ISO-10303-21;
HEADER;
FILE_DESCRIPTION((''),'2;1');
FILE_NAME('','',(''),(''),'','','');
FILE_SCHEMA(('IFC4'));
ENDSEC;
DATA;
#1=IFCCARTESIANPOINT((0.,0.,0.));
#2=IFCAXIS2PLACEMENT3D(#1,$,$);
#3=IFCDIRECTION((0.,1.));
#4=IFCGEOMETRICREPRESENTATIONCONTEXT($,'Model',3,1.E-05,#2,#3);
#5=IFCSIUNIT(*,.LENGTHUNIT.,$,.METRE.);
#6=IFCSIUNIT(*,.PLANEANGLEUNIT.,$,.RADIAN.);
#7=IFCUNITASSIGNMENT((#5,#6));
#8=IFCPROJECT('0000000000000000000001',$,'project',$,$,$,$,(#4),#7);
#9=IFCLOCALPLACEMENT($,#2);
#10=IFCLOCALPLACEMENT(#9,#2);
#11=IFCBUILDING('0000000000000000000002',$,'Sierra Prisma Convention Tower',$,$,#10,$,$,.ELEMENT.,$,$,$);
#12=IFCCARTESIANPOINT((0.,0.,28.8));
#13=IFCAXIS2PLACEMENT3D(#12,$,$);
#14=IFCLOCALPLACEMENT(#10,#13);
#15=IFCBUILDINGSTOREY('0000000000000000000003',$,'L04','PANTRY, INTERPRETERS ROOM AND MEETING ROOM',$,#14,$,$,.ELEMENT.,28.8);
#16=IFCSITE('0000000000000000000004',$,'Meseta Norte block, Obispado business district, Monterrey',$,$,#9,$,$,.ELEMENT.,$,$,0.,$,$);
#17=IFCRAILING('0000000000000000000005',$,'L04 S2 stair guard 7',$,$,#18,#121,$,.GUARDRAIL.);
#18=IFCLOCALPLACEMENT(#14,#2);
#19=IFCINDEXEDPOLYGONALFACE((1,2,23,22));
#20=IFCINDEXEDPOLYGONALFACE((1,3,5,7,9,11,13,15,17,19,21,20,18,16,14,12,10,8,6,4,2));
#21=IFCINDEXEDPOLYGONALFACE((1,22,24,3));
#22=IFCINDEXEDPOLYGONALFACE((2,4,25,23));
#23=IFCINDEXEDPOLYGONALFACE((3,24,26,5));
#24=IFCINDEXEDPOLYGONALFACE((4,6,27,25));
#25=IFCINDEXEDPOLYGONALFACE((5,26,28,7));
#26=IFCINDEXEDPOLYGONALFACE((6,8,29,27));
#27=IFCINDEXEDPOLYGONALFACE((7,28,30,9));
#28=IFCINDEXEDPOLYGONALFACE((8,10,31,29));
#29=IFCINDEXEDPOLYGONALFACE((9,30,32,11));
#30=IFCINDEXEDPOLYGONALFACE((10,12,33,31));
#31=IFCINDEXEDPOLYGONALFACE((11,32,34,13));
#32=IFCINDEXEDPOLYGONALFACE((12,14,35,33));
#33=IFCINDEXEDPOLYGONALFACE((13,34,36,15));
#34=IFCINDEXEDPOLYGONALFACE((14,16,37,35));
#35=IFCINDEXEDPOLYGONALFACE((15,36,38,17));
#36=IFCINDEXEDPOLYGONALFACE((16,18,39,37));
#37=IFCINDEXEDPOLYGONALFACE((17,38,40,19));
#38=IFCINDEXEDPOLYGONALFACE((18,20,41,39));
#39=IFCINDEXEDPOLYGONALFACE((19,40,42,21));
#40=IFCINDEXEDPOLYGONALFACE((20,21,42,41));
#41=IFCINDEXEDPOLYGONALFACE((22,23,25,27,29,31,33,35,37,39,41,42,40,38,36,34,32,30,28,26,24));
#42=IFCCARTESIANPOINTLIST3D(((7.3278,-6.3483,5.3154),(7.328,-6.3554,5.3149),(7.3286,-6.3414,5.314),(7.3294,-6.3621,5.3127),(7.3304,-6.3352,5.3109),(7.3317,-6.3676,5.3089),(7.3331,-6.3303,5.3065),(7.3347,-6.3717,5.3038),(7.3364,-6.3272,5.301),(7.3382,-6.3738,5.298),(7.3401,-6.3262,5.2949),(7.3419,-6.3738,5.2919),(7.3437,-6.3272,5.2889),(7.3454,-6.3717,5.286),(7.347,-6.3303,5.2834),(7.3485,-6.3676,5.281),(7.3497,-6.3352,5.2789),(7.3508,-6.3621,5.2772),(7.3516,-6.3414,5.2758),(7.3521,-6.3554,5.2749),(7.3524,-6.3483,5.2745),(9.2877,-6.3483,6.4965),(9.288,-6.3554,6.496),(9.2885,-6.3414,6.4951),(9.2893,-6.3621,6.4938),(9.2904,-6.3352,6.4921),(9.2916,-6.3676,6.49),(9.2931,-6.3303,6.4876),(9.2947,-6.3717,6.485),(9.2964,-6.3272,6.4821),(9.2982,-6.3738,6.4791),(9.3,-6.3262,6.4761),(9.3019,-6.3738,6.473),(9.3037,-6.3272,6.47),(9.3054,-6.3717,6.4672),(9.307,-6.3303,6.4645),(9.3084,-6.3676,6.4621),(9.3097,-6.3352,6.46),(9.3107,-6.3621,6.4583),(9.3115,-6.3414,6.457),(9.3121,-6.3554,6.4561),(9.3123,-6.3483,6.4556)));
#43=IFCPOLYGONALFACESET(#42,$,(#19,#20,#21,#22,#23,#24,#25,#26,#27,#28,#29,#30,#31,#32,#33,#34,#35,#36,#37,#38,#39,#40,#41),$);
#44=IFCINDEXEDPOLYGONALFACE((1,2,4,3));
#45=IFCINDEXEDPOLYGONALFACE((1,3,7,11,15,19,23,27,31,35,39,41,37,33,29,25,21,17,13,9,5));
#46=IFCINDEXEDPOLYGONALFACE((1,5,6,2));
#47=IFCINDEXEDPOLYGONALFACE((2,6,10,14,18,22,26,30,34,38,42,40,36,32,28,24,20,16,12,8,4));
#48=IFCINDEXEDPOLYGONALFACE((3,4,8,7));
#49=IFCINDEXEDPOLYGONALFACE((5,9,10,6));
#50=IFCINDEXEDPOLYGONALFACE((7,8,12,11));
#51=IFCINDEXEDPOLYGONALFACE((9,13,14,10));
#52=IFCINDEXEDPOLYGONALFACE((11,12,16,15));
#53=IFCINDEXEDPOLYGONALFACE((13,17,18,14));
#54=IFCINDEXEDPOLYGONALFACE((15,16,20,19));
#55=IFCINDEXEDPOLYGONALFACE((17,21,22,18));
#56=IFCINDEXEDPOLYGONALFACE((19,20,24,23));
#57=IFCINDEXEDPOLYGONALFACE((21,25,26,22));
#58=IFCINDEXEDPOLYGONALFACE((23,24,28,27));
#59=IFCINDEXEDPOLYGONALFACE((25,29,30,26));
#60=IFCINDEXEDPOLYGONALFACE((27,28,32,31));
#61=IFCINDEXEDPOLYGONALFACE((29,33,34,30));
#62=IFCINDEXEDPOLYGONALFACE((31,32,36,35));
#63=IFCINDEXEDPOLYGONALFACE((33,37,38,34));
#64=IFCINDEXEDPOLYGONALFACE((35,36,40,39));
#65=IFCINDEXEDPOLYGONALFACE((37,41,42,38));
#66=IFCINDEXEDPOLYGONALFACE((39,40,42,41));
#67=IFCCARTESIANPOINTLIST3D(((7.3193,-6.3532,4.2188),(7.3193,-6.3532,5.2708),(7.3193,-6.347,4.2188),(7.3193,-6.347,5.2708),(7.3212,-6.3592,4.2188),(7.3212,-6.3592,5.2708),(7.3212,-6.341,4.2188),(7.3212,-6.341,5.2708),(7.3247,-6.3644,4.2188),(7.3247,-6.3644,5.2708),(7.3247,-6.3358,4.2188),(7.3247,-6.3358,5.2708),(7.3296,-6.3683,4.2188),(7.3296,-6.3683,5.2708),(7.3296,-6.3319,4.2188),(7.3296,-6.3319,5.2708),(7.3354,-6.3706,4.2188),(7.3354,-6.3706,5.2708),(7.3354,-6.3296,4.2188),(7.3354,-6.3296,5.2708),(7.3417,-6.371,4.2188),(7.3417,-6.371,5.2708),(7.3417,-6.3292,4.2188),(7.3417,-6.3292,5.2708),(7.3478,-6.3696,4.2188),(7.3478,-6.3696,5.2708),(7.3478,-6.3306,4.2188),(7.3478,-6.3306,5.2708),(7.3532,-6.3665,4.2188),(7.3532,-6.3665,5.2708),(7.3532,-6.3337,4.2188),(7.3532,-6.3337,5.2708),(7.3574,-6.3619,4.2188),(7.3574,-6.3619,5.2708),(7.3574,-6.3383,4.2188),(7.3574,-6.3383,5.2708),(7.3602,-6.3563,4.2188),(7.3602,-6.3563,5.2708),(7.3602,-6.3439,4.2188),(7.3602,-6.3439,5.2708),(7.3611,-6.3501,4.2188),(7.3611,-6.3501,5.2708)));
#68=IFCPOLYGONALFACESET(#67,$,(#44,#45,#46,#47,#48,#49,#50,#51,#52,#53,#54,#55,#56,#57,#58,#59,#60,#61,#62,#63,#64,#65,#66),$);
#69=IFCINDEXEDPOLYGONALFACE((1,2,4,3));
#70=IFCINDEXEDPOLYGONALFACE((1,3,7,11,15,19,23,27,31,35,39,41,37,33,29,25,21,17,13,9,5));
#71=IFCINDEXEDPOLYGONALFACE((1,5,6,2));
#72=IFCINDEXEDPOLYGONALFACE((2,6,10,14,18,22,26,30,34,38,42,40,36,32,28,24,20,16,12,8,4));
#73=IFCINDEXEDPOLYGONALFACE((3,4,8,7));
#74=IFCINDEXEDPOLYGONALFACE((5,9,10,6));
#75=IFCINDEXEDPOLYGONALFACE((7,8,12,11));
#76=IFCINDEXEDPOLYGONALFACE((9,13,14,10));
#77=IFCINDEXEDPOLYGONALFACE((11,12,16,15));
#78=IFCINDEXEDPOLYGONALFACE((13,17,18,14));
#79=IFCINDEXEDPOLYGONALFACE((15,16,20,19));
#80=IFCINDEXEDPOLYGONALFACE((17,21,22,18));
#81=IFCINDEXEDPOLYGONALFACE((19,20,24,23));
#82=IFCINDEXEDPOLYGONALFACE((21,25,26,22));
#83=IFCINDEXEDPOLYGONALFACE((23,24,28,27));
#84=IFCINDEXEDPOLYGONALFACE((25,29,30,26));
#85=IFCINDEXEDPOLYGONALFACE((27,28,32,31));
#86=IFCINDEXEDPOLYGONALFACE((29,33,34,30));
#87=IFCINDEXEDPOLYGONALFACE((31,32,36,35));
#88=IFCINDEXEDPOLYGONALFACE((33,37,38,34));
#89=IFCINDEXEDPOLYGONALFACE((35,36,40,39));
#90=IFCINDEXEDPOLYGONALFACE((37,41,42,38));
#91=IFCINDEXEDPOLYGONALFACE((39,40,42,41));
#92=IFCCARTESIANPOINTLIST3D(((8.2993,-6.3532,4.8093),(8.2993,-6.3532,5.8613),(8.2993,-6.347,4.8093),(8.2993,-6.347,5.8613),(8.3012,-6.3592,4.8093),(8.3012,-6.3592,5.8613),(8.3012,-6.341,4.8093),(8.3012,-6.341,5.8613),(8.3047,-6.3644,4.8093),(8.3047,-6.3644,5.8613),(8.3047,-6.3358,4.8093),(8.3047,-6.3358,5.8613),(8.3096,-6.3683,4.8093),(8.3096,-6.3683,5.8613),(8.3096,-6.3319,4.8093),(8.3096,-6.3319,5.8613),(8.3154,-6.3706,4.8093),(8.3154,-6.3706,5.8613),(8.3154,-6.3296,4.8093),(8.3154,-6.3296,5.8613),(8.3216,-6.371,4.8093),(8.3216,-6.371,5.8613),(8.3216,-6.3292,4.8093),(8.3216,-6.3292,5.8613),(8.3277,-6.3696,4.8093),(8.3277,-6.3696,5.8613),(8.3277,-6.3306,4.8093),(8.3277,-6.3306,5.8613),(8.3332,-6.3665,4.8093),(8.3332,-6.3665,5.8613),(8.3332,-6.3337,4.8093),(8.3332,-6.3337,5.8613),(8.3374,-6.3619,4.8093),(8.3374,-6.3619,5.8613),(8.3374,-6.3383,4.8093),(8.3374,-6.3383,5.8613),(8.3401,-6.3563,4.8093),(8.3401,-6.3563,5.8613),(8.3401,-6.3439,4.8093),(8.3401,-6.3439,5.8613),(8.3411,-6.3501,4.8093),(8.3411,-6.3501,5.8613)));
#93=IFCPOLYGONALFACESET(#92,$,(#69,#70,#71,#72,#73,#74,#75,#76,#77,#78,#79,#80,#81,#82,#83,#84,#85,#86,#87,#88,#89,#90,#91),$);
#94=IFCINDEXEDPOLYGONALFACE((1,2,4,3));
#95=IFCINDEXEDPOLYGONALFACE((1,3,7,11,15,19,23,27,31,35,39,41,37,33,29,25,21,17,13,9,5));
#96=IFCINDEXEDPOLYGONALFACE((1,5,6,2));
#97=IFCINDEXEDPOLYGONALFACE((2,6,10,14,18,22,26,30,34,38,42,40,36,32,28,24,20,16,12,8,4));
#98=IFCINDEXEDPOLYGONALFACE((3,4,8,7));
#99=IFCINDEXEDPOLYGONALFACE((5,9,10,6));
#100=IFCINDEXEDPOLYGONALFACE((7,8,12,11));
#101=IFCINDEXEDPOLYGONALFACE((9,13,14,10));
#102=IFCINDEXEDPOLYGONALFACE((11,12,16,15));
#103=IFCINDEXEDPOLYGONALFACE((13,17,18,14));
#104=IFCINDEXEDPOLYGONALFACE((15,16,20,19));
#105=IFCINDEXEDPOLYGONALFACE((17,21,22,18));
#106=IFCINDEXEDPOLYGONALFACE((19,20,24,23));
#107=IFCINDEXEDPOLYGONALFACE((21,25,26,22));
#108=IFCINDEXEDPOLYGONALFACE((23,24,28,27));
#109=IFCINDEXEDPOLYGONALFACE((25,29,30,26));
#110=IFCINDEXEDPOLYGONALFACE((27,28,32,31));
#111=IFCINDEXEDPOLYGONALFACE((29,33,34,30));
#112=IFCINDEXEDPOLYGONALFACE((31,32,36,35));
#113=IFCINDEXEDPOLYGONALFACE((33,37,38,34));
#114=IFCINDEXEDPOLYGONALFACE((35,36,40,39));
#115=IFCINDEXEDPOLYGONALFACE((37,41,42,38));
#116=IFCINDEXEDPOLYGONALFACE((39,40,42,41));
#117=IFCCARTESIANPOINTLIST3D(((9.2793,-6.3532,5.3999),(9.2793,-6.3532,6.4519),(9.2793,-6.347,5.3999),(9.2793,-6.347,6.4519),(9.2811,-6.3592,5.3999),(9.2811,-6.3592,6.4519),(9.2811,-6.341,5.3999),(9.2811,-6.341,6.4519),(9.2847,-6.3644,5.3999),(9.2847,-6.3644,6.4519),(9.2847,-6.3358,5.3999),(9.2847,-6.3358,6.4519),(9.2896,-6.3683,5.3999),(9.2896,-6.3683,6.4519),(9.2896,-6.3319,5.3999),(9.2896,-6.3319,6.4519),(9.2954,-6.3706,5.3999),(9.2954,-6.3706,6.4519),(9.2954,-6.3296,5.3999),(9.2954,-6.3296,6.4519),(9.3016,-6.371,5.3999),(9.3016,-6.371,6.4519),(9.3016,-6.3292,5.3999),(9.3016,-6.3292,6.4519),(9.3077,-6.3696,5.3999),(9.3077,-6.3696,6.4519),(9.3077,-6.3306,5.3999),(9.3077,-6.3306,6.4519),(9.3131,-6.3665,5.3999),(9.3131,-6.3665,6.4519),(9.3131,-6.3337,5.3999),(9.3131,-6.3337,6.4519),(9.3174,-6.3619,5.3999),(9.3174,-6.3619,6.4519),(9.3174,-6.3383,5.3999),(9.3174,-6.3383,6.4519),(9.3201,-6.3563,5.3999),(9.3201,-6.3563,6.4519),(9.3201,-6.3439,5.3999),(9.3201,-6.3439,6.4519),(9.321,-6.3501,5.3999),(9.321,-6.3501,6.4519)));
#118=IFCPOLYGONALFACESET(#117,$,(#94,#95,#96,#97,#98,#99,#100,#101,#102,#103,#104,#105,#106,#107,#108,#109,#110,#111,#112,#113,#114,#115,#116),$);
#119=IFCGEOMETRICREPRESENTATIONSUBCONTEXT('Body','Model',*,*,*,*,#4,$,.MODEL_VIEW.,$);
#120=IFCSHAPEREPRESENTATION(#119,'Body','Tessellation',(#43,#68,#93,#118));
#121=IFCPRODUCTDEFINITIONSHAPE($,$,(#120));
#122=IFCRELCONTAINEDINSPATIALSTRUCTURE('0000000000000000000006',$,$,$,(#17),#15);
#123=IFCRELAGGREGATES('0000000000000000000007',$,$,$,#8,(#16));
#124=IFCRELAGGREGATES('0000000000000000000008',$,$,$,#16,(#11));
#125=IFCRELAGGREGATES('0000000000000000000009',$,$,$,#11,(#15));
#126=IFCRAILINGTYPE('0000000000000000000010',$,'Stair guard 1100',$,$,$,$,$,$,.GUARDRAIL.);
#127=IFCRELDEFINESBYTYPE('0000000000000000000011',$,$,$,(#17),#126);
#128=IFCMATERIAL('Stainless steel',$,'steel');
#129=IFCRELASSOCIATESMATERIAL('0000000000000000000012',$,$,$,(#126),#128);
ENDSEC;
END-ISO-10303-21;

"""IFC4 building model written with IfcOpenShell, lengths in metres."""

from ifc_helpers import new_model, si_unit, direction, frame, origin, origin_2d, place, context, subcontext, project, spatial, circle, extrude, material, type_object, element, save


model = new_model("IFC4")

# Units and contexts
model_context = context("Model", 3, precision=1e-05, world=origin(), true_north=direction((0.0, 1.0)))
body_context = subcontext(model_context, "Body", "Model", "MODEL_VIEW")
ifc_project = project(units=[si_unit("LENGTHUNIT", "METRE"), si_unit("PLANEANGLEUNIT", "RADIAN")], contexts=[model_context])

# Site, building, storey
site_placement = place(None, origin())
site = spatial("IfcSite", under=ifc_project, at=site_placement, Name="Meseta Norte block, Obispado business district, Monterrey", CompositionType="ELEMENT", RefElevation=0.0)
building_placement = place(site_placement, origin())
building = spatial("IfcBuilding", under=site, at=building_placement, Name="Sierra Prisma Convention Tower", CompositionType="ELEMENT")
storey_placement = place(building_placement, frame((0.0, 0.0, 28.8)))
storey = spatial("IfcBuildingStorey", under=building, at=storey_placement, Name="L04", Description="PANTRY, INTERPRETERS ROOM AND MEETING ROOM", CompositionType="ELEMENT", Elevation=28.8)

# Railing
ifc_material_1 = material(Name="Stainless steel", Category="steel")
railing_type_1 = type_object("IfcRailingType", Name="Stair guard 1100", PredefinedType="GUARDRAIL", material=ifc_material_1)
for number, where, name in (
    (1, (7.3401, -6.3501, 4.2188), "L04 S2 stair guard 7"),
):
    element("IfcRailing", number, at=place(storey_placement, frame(where)), inside=storey, type_object=railing_type_1, Name=name, PredefinedType="GUARDRAIL", context=body_context, shape_type="SweptSolid", body=[
        extrude(circle(Radius=0.0239, at=origin_2d()), frame((0.0, 0.0, 1.0762), z_axis=(0.856493, 0.0, 0.516158), x_axis=(0.0, 1.0, 0.0)), (0.0, 0.0, 1.0), 2.2883),
        extrude(circle(Radius=0.021, at=origin_2d()), origin(), (0.0, 0.0, 1.0), 1.052),
        extrude(circle(Radius=0.021, at=origin_2d()), frame((0.98, 0.0, 0.5906)), (0.0, 0.0, 1.0), 1.052),
        extrude(circle(Radius=0.021, at=origin_2d()), frame((1.96, 0.0, 1.1812)), (0.0, 0.0, 1.0), 1.052),
    ])

save(model, "model.ifc")
